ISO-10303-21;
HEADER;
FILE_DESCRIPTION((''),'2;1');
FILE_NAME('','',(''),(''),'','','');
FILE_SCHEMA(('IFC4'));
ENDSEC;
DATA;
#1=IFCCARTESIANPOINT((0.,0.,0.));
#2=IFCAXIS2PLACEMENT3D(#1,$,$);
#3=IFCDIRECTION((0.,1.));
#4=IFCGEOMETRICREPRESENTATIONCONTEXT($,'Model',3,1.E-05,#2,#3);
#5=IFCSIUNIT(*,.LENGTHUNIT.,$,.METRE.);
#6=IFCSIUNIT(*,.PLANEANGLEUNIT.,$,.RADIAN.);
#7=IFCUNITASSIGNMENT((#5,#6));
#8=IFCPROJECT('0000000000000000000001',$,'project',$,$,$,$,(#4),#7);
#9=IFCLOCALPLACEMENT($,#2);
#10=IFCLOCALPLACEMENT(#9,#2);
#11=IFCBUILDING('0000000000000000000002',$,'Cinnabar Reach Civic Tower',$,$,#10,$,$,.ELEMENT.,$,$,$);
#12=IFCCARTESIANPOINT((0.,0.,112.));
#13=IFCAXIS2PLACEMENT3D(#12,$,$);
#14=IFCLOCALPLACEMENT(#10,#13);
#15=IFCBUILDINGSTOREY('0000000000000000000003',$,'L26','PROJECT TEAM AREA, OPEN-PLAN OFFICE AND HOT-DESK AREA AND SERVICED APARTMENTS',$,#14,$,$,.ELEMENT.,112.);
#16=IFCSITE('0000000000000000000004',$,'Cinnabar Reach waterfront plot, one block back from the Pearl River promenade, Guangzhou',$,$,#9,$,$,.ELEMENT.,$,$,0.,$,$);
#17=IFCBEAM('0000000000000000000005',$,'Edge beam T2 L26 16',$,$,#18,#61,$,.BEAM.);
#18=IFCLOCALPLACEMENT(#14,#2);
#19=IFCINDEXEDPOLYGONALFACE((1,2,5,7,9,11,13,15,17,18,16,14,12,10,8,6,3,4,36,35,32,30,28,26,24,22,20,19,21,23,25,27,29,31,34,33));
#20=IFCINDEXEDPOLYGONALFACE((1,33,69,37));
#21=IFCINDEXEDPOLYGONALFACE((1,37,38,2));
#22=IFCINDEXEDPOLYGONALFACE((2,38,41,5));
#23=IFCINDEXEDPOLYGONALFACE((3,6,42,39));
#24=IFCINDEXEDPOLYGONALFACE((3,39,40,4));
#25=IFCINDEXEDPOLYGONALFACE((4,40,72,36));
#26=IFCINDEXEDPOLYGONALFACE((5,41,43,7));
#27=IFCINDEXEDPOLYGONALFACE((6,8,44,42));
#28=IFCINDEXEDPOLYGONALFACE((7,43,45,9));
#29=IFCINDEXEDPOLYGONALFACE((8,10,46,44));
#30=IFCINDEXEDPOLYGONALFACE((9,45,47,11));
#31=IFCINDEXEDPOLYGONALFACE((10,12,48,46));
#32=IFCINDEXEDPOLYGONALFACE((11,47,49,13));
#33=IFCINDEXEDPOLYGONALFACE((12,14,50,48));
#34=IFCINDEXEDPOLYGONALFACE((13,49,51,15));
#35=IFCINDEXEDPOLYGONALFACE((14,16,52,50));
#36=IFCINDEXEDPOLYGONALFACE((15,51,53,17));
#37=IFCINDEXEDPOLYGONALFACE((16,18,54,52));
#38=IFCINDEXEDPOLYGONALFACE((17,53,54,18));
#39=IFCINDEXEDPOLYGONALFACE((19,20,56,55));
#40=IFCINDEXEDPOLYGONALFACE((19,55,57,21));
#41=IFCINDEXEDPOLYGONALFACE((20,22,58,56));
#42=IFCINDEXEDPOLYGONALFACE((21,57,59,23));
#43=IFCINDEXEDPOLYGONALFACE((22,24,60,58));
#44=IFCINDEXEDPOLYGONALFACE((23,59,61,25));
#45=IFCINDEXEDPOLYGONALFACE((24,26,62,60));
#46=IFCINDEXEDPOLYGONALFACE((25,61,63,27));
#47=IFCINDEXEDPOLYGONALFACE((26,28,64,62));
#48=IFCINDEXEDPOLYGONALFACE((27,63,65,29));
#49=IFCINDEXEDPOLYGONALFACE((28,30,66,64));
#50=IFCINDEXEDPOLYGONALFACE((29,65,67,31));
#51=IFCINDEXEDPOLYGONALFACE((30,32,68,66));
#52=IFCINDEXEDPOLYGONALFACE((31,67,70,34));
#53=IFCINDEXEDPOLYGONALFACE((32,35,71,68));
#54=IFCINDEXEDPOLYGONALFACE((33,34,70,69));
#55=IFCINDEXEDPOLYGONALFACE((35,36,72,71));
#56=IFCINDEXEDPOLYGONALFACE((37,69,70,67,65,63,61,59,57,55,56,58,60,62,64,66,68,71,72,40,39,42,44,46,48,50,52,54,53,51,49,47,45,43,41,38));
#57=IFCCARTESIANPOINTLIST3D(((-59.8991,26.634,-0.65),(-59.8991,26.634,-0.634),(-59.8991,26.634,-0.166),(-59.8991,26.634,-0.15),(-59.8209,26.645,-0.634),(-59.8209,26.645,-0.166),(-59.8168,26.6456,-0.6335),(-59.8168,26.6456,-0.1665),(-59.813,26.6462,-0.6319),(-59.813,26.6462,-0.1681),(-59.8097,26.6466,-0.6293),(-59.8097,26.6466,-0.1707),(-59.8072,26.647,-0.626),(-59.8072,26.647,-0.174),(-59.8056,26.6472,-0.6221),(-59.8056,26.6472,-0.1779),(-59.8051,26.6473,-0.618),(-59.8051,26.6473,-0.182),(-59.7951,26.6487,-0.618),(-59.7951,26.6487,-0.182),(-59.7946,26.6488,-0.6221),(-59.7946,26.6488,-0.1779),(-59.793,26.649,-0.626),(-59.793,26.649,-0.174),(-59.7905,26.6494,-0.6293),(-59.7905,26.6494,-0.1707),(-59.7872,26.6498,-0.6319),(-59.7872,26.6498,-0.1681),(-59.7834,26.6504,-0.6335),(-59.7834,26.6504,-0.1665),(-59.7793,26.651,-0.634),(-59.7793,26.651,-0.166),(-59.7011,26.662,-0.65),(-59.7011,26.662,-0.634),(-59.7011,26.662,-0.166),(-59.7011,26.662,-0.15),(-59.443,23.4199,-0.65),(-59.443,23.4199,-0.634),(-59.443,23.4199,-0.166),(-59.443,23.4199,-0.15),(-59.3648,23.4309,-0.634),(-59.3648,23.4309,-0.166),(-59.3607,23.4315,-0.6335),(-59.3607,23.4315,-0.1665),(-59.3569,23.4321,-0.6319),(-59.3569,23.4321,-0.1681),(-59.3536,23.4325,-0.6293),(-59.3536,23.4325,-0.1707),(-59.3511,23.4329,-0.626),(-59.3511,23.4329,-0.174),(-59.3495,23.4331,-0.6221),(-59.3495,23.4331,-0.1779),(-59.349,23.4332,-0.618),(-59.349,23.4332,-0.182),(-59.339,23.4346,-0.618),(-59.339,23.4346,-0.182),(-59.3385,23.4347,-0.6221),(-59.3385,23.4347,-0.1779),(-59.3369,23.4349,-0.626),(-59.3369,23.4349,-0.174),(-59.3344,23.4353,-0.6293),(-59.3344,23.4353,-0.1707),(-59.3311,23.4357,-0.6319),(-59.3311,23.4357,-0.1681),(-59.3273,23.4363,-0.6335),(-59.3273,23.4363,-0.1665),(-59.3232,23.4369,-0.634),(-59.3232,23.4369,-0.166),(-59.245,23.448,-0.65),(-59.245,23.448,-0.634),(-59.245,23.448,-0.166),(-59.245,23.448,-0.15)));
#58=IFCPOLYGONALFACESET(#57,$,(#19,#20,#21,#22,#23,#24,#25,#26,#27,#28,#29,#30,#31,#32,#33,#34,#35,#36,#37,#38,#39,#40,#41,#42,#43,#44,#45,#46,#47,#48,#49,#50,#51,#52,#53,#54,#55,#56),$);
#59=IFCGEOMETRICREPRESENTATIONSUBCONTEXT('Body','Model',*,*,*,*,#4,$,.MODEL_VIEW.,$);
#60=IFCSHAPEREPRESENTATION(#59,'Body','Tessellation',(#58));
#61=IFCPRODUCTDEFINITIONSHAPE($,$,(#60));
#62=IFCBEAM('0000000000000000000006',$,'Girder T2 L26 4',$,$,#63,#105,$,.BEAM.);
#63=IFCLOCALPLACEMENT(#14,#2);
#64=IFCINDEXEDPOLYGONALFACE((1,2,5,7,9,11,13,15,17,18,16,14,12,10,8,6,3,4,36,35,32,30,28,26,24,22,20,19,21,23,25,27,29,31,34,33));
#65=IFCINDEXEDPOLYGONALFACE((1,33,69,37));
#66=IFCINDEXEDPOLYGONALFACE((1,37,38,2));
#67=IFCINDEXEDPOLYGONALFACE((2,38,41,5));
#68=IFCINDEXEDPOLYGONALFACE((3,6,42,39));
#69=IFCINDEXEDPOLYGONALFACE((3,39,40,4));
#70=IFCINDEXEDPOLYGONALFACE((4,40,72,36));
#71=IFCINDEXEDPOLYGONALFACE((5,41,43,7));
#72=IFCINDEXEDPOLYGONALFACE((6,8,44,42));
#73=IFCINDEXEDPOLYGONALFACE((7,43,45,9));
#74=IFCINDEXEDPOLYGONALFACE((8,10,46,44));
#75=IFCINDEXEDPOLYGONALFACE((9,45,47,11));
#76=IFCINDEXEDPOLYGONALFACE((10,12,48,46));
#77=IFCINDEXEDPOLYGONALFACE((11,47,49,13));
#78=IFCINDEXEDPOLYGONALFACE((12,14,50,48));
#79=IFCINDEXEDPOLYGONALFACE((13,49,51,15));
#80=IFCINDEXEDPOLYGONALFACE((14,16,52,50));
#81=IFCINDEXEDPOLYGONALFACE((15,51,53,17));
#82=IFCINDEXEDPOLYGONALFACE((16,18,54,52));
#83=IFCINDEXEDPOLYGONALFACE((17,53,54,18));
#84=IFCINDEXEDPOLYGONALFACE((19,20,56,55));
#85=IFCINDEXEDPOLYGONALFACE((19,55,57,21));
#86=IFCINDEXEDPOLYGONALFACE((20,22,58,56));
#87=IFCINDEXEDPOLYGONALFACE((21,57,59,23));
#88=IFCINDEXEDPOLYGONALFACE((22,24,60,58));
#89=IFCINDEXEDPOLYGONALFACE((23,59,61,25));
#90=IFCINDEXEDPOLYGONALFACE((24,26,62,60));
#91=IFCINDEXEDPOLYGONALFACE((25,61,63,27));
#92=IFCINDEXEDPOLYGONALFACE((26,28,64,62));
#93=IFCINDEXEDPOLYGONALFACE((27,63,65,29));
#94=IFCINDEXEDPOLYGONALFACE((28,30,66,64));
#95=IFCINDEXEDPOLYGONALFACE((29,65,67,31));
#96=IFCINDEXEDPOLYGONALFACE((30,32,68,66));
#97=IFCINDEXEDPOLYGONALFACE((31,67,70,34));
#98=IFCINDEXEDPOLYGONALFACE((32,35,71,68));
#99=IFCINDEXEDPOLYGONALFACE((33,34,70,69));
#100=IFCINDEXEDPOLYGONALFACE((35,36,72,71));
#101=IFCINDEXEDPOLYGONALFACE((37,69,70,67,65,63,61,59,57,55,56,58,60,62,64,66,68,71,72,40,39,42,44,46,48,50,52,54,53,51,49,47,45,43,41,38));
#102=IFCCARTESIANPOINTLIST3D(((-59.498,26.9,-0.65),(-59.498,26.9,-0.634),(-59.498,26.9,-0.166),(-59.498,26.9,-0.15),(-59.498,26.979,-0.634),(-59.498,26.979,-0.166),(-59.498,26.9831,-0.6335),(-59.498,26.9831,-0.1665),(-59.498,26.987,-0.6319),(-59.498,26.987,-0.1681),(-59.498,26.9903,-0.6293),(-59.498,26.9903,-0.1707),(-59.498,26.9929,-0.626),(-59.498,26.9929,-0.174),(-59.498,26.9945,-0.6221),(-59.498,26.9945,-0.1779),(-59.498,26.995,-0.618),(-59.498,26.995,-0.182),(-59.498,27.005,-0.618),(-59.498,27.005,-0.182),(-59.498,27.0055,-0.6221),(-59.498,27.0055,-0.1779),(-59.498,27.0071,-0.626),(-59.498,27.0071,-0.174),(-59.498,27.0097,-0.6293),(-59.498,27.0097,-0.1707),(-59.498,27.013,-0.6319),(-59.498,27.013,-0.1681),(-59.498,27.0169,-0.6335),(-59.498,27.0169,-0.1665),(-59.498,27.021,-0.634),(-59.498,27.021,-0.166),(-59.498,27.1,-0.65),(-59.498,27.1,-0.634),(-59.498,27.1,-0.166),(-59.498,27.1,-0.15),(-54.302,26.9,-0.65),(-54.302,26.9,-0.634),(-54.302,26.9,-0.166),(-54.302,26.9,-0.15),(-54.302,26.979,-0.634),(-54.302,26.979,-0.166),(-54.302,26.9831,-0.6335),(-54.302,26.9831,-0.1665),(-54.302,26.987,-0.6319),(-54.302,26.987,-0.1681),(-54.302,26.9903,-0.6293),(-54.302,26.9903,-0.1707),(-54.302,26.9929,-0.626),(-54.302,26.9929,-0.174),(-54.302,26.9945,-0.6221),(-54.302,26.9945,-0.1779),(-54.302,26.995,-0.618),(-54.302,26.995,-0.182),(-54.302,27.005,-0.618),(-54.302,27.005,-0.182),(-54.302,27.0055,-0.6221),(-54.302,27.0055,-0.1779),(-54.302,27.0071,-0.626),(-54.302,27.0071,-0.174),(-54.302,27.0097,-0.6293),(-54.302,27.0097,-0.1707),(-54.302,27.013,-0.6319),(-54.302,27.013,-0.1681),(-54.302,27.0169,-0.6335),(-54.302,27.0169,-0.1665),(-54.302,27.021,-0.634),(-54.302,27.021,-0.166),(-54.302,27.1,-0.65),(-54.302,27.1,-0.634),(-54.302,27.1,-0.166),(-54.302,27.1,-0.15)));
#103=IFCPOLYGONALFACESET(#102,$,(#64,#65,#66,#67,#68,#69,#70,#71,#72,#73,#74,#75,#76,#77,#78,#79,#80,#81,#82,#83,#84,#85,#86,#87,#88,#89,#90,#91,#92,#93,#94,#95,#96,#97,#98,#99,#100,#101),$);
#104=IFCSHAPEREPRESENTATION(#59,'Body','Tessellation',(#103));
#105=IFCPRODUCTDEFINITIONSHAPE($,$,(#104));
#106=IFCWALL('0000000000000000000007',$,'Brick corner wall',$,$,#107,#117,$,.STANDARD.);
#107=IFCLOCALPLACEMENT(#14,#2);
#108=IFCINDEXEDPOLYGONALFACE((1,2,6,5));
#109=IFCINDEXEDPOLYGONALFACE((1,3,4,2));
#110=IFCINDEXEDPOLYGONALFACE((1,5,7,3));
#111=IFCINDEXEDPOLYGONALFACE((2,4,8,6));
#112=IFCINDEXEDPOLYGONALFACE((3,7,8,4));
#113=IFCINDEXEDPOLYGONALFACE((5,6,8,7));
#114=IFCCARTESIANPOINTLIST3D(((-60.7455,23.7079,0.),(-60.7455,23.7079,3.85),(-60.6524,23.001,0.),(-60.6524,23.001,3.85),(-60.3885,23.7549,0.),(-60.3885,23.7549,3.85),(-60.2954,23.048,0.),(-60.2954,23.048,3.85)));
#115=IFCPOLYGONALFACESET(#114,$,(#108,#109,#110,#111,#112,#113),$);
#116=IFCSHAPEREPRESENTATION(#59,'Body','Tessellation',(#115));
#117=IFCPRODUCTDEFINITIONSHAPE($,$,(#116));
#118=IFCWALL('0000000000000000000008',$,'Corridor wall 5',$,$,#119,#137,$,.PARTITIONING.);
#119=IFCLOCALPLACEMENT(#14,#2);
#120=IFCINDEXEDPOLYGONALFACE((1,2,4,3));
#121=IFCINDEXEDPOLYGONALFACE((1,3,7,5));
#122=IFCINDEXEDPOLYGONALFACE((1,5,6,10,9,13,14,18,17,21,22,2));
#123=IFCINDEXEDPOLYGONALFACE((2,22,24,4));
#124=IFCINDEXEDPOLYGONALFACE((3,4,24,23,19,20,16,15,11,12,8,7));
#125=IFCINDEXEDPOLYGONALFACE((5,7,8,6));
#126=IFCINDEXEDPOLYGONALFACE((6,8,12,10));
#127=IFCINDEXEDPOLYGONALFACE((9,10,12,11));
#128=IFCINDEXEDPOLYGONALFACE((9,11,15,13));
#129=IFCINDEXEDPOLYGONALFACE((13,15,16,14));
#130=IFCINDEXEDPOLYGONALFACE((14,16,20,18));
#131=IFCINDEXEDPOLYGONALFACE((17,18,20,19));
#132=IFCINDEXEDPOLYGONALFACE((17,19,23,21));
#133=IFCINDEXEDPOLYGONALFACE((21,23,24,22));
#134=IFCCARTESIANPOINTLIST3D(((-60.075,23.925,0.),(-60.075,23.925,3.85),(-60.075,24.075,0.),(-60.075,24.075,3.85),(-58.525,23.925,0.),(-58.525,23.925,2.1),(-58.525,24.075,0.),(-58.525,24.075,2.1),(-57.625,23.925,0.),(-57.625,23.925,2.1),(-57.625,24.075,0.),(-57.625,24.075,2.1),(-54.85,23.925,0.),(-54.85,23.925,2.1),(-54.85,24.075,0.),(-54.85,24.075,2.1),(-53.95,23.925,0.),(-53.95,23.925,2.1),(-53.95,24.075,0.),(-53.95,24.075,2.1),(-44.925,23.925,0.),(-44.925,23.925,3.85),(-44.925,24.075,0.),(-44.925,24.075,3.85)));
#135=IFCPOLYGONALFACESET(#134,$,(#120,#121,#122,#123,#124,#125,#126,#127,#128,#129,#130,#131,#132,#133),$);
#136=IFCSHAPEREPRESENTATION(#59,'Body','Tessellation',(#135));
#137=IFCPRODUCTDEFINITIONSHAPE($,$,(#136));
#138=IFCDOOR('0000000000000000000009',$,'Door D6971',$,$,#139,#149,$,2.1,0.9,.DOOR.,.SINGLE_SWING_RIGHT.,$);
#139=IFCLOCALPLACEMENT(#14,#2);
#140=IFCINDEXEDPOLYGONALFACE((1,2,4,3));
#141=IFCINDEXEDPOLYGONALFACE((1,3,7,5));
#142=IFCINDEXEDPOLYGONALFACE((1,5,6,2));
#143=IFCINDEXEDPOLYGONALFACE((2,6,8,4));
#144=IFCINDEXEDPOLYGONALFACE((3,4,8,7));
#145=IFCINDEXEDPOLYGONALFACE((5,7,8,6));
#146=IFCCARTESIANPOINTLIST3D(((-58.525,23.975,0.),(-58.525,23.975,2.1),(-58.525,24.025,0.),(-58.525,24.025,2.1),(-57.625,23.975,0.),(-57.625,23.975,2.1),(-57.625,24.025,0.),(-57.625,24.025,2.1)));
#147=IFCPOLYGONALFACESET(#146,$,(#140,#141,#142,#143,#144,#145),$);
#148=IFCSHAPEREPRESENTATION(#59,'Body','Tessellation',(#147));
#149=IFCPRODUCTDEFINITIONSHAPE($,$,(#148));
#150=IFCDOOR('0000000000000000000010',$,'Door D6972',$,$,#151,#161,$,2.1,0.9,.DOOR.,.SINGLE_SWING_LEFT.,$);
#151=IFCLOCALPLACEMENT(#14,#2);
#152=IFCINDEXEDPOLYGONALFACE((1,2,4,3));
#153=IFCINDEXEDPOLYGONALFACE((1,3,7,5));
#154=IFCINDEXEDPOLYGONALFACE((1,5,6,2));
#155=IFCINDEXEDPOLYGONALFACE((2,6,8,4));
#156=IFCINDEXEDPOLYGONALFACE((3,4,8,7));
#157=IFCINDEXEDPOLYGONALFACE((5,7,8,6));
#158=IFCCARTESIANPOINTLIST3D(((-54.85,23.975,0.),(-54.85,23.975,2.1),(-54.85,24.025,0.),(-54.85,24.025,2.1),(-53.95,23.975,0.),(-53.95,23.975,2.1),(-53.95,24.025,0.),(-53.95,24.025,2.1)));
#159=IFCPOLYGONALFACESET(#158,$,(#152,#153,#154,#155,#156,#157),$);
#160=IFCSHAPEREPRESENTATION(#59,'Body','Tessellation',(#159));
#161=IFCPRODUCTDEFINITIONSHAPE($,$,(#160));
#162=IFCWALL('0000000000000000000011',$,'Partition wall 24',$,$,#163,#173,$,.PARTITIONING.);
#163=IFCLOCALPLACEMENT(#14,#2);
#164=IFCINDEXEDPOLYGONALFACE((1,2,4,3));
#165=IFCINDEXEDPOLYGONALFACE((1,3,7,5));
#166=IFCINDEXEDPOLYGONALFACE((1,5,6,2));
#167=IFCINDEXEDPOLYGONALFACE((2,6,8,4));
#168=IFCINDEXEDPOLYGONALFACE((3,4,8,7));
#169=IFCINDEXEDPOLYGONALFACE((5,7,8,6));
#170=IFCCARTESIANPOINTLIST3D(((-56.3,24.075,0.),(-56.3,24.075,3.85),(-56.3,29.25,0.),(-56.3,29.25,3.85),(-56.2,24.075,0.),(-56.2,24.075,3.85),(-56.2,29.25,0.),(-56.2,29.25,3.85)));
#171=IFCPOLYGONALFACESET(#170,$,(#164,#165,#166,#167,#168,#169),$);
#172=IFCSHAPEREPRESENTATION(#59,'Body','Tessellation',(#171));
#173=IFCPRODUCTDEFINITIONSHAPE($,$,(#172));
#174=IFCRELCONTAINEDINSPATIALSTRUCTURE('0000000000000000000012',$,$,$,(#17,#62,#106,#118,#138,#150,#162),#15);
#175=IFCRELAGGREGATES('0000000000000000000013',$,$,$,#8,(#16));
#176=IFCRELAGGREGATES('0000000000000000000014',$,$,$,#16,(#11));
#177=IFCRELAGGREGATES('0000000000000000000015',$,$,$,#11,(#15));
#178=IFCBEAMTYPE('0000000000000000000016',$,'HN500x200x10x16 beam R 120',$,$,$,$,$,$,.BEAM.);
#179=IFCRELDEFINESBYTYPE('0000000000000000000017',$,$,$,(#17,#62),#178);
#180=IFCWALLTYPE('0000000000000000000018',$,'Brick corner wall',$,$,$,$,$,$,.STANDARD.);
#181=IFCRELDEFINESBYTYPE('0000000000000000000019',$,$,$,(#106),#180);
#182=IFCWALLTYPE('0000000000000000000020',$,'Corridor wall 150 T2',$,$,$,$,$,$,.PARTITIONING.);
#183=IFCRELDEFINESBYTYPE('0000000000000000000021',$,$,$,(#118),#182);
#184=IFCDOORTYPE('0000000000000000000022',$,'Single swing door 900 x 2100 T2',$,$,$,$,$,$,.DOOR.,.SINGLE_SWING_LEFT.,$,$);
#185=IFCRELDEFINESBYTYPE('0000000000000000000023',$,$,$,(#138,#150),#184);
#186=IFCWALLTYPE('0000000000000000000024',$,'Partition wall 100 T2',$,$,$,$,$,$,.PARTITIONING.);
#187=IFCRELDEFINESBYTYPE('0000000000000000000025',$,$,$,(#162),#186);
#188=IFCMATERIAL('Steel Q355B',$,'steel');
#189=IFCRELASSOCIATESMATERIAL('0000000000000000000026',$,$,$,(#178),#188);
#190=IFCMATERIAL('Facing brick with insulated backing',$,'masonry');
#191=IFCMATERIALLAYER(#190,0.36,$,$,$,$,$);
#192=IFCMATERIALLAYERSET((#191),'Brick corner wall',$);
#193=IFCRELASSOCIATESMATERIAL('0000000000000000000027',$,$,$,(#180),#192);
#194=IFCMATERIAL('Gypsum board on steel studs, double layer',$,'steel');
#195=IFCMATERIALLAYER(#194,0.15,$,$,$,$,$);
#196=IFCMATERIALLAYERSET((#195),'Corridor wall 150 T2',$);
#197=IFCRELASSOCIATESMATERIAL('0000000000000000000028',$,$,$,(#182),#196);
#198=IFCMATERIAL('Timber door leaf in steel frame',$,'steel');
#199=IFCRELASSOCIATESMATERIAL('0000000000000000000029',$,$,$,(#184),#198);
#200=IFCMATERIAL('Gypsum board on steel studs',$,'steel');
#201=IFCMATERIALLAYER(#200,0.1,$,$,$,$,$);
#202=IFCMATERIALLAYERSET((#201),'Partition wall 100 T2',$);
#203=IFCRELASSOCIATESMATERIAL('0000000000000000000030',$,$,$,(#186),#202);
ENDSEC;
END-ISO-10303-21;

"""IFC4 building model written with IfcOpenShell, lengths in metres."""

from ifc_helpers import new_model, si_unit, direction, frame, frame_2d, origin, origin_2d, place, context, subcontext, project, spatial, rectangle, i_section, extrude, material, layer, layer_set, material_profile, profile_set, type_object, element, fill, save


model = new_model("IFC4")

# Units and contexts
model_context = context("Model", 3, precision=1e-05, world=origin(), true_north=direction((0.0, 1.0)))
body_context = subcontext(model_context, "Body", "Model", "MODEL_VIEW")
ifc_project = project(units=[si_unit("LENGTHUNIT", "METRE"), si_unit("PLANEANGLEUNIT", "RADIAN")], contexts=[model_context])

# Site, building, storey
site_placement = place(None, origin())
site = spatial("IfcSite", under=ifc_project, at=site_placement, Name="Cinnabar Reach waterfront plot, one block back from the Pearl River promenade, Guangzhou", CompositionType="ELEMENT", RefElevation=0.0)
building_placement = place(site_placement, origin())
building = spatial("IfcBuilding", under=site, at=building_placement, Name="Cinnabar Reach Civic Tower", CompositionType="ELEMENT")
storey_placement = place(building_placement, frame((0.0, 0.0, 112.0)))
storey = spatial("IfcBuildingStorey", under=building, at=storey_placement, Name="L26", Description="PROJECT TEAM AREA, OPEN-PLAN OFFICE AND HOT-DESK AREA AND SERVICED APARTMENTS", CompositionType="ELEMENT", Elevation=112.0)

# Beams
ifc_material_1 = material(Name="Steel Q355B", Category="steel")
ifc_material_profile_1 = material_profile(ifc_material_1, i_section(OverallWidth=0.2, OverallDepth=0.5, WebThickness=0.01, FlangeThickness=0.016, FilletRadius=0.016, at=origin_2d()), Name="HN500x200x10x16")
ifc_profile_set_1 = profile_set([ifc_material_profile_1], Name="Steel Q355B")
beam_type_1 = type_object("IfcBeamType", Name="HN500x200x10x16 beam R 120", PredefinedType="BEAM", material=ifc_profile_set_1)
beam_1_placement = place(storey_placement, frame((-59.8001, 26.648, -0.4), z_axis=(0.140498, -0.990081, 0.0), x_axis=(0.990081, 0.140498, 0.0)))
element("IfcBeam", 1, at=beam_1_placement, inside=storey, type_object=beam_type_1, Name="Edge beam T2 L26 16", PredefinedType="BEAM", context=body_context, shape_type="SweptSolid", body=[
    extrude(i_section(OverallWidth=0.2, OverallDepth=0.5, WebThickness=0.01, FlangeThickness=0.016, FilletRadius=0.016, at=origin_2d()), origin(), (0.0, 0.0, 1.0), 3.2463),
])
beam_2_placement = place(storey_placement, frame((-59.498, 27.0, -0.4), z_axis=(1.0, 0.0, 0.0), x_axis=(0.0, 1.0, 0.0)))
element("IfcBeam", 2, at=beam_2_placement, inside=storey, type_object=beam_type_1, Name="Girder T2 L26 4", PredefinedType="BEAM", context=body_context, shape_type="SweptSolid", body=[
    extrude(i_section(OverallWidth=0.2, OverallDepth=0.5, WebThickness=0.01, FlangeThickness=0.016, FilletRadius=0.016, at=origin_2d()), origin(), (0.0, 0.0, 1.0), 5.196),
])

# Wall
ifc_material_2 = material(Name="Facing brick with insulated backing", Category="masonry")
ifc_layer_1 = layer(ifc_material_2, 0.36)
ifc_layer_set_1 = layer_set([ifc_layer_1], Name="Brick corner wall")
wall_type_1 = type_object("IfcWallType", Name="Brick corner wall", PredefinedType="STANDARD", material=ifc_layer_set_1)
wall_1_placement = place(storey_placement, frame((-60.567, 23.7314, 0.0), z_axis=(0.0, 0.0, 1.0), x_axis=(0.130556, -0.991441, 0.0)))
element("IfcWall", 3, at=wall_1_placement, inside=storey, type_object=wall_type_1, Name="Brick corner wall", PredefinedType="STANDARD", context=body_context, shape_type="SweptSolid", body=[
    extrude(rectangle(XDim=0.7131, YDim=0.36, at=frame_2d((0.3565, 0.0))), origin(), (0.0, 0.0, 1.0), 3.85),
])

# Wall, openings, doors
ifc_material_3 = material(Name="Gypsum board on steel studs, double layer", Category="steel")
ifc_layer_2 = layer(ifc_material_3, 0.15)
ifc_layer_set_2 = layer_set([ifc_layer_2], Name="Corridor wall 150 T2")
wall_type_2 = type_object("IfcWallType", Name="Corridor wall 150 T2", PredefinedType="PARTITIONING", material=ifc_layer_set_2)
wall_2_placement = place(storey_placement, frame((-60.075, 24.0, 0.0), z_axis=(0.0, 0.0, 1.0), x_axis=(1.0, 0.0, 0.0)))
wall_2 = element("IfcWall", 4, at=wall_2_placement, inside=storey, type_object=wall_type_2, Name="Corridor wall 5", PredefinedType="PARTITIONING", context=body_context, shape_type="SweptSolid", body=[
    extrude(rectangle(XDim=15.15, YDim=0.15, at=frame_2d((7.575, 0.0))), origin(), (0.0, 0.0, 1.0), 3.85),
])
opening_1_placement = place(wall_2_placement, frame((1.55, 0.0, 0.0)))
opening_1 = element("IfcOpeningElement", 5, at=opening_1_placement, cuts=wall_2, PredefinedType="OPENING", context=body_context, shape_type="SweptSolid", body=[
    extrude(rectangle(XDim=0.9, YDim=2.1, at=frame_2d((0.45, 1.05))), frame((0.0, 0.085, 0.0), z_axis=(0.0, -1.0, 0.0), x_axis=(1.0, 0.0, 0.0)), (0.0, 0.0, 1.0), 0.17),
])
opening_2_placement = place(wall_2_placement, frame((5.225, 0.0, 0.0)))
opening_2 = element("IfcOpeningElement", 6, at=opening_2_placement, cuts=wall_2, PredefinedType="OPENING", context=body_context, shape_type="SweptSolid", body=[
    extrude(rectangle(XDim=0.9, YDim=2.1, at=frame_2d((0.45, 1.05))), frame((0.0, 0.085, 0.0), z_axis=(0.0, -1.0, 0.0), x_axis=(1.0, 0.0, 0.0)), (0.0, 0.0, 1.0), 0.17),
])
ifc_material_4 = material(Name="Timber door leaf in steel frame", Category="steel")
door_type = type_object("IfcDoorType", Name="Single swing door 900 x 2100 T2", OperationType="SINGLE_SWING_LEFT", PredefinedType="DOOR", material=ifc_material_4)
door_1_placement = place(opening_1_placement, origin())
door_1 = element("IfcDoor", 7, at=door_1_placement, inside=storey, type_object=door_type, Name="Door D6971", OperationType="SINGLE_SWING_RIGHT", OverallHeight=2.1, OverallWidth=0.9, PredefinedType="DOOR", context=body_context, shape_type="SweptSolid", body=[
    extrude(rectangle(XDim=0.9, YDim=2.1, at=frame_2d((0.45, 1.05))), frame((0.0, 0.025, 0.0), z_axis=(0.0, -1.0, 0.0), x_axis=(1.0, 0.0, 0.0)), (0.0, 0.0, 1.0), 0.05),
])
fill(opening_1, door_1)
door_2_placement = place(opening_2_placement, origin())
door_2 = element("IfcDoor", 8, at=door_2_placement, inside=storey, type_object=door_type, Name="Door D6972", OperationType="SINGLE_SWING_LEFT", OverallHeight=2.1, OverallWidth=0.9, PredefinedType="DOOR", context=body_context, shape_type="SweptSolid", body=[
    extrude(rectangle(XDim=0.9, YDim=2.1, at=frame_2d((0.45, 1.05))), frame((0.0, 0.025, 0.0), z_axis=(0.0, -1.0, 0.0), x_axis=(1.0, 0.0, 0.0)), (0.0, 0.0, 1.0), 0.05),
])
fill(opening_2, door_2)

# Wall
ifc_material_5 = material(Name="Gypsum board on steel studs", Category="steel")
ifc_layer_3 = layer(ifc_material_5, 0.1)
ifc_layer_set_3 = layer_set([ifc_layer_3], Name="Partition wall 100 T2")
wall_type_3 = type_object("IfcWallType", Name="Partition wall 100 T2", PredefinedType="PARTITIONING", material=ifc_layer_set_3)
wall_3_placement = place(storey_placement, frame((-56.25, 24.075, 0.0), z_axis=(0.0, 0.0, 1.0), x_axis=(0.0, 1.0, 0.0)))
element("IfcWall", 9, at=wall_3_placement, inside=storey, type_object=wall_type_3, Name="Partition wall 24", PredefinedType="PARTITIONING", context=body_context, shape_type="SweptSolid", body=[
    extrude(rectangle(XDim=5.175, YDim=0.1, at=frame_2d((2.5875, 0.0))), origin(), (0.0, 0.0, 1.0), 3.85),
])

save(model, "model.ifc")
